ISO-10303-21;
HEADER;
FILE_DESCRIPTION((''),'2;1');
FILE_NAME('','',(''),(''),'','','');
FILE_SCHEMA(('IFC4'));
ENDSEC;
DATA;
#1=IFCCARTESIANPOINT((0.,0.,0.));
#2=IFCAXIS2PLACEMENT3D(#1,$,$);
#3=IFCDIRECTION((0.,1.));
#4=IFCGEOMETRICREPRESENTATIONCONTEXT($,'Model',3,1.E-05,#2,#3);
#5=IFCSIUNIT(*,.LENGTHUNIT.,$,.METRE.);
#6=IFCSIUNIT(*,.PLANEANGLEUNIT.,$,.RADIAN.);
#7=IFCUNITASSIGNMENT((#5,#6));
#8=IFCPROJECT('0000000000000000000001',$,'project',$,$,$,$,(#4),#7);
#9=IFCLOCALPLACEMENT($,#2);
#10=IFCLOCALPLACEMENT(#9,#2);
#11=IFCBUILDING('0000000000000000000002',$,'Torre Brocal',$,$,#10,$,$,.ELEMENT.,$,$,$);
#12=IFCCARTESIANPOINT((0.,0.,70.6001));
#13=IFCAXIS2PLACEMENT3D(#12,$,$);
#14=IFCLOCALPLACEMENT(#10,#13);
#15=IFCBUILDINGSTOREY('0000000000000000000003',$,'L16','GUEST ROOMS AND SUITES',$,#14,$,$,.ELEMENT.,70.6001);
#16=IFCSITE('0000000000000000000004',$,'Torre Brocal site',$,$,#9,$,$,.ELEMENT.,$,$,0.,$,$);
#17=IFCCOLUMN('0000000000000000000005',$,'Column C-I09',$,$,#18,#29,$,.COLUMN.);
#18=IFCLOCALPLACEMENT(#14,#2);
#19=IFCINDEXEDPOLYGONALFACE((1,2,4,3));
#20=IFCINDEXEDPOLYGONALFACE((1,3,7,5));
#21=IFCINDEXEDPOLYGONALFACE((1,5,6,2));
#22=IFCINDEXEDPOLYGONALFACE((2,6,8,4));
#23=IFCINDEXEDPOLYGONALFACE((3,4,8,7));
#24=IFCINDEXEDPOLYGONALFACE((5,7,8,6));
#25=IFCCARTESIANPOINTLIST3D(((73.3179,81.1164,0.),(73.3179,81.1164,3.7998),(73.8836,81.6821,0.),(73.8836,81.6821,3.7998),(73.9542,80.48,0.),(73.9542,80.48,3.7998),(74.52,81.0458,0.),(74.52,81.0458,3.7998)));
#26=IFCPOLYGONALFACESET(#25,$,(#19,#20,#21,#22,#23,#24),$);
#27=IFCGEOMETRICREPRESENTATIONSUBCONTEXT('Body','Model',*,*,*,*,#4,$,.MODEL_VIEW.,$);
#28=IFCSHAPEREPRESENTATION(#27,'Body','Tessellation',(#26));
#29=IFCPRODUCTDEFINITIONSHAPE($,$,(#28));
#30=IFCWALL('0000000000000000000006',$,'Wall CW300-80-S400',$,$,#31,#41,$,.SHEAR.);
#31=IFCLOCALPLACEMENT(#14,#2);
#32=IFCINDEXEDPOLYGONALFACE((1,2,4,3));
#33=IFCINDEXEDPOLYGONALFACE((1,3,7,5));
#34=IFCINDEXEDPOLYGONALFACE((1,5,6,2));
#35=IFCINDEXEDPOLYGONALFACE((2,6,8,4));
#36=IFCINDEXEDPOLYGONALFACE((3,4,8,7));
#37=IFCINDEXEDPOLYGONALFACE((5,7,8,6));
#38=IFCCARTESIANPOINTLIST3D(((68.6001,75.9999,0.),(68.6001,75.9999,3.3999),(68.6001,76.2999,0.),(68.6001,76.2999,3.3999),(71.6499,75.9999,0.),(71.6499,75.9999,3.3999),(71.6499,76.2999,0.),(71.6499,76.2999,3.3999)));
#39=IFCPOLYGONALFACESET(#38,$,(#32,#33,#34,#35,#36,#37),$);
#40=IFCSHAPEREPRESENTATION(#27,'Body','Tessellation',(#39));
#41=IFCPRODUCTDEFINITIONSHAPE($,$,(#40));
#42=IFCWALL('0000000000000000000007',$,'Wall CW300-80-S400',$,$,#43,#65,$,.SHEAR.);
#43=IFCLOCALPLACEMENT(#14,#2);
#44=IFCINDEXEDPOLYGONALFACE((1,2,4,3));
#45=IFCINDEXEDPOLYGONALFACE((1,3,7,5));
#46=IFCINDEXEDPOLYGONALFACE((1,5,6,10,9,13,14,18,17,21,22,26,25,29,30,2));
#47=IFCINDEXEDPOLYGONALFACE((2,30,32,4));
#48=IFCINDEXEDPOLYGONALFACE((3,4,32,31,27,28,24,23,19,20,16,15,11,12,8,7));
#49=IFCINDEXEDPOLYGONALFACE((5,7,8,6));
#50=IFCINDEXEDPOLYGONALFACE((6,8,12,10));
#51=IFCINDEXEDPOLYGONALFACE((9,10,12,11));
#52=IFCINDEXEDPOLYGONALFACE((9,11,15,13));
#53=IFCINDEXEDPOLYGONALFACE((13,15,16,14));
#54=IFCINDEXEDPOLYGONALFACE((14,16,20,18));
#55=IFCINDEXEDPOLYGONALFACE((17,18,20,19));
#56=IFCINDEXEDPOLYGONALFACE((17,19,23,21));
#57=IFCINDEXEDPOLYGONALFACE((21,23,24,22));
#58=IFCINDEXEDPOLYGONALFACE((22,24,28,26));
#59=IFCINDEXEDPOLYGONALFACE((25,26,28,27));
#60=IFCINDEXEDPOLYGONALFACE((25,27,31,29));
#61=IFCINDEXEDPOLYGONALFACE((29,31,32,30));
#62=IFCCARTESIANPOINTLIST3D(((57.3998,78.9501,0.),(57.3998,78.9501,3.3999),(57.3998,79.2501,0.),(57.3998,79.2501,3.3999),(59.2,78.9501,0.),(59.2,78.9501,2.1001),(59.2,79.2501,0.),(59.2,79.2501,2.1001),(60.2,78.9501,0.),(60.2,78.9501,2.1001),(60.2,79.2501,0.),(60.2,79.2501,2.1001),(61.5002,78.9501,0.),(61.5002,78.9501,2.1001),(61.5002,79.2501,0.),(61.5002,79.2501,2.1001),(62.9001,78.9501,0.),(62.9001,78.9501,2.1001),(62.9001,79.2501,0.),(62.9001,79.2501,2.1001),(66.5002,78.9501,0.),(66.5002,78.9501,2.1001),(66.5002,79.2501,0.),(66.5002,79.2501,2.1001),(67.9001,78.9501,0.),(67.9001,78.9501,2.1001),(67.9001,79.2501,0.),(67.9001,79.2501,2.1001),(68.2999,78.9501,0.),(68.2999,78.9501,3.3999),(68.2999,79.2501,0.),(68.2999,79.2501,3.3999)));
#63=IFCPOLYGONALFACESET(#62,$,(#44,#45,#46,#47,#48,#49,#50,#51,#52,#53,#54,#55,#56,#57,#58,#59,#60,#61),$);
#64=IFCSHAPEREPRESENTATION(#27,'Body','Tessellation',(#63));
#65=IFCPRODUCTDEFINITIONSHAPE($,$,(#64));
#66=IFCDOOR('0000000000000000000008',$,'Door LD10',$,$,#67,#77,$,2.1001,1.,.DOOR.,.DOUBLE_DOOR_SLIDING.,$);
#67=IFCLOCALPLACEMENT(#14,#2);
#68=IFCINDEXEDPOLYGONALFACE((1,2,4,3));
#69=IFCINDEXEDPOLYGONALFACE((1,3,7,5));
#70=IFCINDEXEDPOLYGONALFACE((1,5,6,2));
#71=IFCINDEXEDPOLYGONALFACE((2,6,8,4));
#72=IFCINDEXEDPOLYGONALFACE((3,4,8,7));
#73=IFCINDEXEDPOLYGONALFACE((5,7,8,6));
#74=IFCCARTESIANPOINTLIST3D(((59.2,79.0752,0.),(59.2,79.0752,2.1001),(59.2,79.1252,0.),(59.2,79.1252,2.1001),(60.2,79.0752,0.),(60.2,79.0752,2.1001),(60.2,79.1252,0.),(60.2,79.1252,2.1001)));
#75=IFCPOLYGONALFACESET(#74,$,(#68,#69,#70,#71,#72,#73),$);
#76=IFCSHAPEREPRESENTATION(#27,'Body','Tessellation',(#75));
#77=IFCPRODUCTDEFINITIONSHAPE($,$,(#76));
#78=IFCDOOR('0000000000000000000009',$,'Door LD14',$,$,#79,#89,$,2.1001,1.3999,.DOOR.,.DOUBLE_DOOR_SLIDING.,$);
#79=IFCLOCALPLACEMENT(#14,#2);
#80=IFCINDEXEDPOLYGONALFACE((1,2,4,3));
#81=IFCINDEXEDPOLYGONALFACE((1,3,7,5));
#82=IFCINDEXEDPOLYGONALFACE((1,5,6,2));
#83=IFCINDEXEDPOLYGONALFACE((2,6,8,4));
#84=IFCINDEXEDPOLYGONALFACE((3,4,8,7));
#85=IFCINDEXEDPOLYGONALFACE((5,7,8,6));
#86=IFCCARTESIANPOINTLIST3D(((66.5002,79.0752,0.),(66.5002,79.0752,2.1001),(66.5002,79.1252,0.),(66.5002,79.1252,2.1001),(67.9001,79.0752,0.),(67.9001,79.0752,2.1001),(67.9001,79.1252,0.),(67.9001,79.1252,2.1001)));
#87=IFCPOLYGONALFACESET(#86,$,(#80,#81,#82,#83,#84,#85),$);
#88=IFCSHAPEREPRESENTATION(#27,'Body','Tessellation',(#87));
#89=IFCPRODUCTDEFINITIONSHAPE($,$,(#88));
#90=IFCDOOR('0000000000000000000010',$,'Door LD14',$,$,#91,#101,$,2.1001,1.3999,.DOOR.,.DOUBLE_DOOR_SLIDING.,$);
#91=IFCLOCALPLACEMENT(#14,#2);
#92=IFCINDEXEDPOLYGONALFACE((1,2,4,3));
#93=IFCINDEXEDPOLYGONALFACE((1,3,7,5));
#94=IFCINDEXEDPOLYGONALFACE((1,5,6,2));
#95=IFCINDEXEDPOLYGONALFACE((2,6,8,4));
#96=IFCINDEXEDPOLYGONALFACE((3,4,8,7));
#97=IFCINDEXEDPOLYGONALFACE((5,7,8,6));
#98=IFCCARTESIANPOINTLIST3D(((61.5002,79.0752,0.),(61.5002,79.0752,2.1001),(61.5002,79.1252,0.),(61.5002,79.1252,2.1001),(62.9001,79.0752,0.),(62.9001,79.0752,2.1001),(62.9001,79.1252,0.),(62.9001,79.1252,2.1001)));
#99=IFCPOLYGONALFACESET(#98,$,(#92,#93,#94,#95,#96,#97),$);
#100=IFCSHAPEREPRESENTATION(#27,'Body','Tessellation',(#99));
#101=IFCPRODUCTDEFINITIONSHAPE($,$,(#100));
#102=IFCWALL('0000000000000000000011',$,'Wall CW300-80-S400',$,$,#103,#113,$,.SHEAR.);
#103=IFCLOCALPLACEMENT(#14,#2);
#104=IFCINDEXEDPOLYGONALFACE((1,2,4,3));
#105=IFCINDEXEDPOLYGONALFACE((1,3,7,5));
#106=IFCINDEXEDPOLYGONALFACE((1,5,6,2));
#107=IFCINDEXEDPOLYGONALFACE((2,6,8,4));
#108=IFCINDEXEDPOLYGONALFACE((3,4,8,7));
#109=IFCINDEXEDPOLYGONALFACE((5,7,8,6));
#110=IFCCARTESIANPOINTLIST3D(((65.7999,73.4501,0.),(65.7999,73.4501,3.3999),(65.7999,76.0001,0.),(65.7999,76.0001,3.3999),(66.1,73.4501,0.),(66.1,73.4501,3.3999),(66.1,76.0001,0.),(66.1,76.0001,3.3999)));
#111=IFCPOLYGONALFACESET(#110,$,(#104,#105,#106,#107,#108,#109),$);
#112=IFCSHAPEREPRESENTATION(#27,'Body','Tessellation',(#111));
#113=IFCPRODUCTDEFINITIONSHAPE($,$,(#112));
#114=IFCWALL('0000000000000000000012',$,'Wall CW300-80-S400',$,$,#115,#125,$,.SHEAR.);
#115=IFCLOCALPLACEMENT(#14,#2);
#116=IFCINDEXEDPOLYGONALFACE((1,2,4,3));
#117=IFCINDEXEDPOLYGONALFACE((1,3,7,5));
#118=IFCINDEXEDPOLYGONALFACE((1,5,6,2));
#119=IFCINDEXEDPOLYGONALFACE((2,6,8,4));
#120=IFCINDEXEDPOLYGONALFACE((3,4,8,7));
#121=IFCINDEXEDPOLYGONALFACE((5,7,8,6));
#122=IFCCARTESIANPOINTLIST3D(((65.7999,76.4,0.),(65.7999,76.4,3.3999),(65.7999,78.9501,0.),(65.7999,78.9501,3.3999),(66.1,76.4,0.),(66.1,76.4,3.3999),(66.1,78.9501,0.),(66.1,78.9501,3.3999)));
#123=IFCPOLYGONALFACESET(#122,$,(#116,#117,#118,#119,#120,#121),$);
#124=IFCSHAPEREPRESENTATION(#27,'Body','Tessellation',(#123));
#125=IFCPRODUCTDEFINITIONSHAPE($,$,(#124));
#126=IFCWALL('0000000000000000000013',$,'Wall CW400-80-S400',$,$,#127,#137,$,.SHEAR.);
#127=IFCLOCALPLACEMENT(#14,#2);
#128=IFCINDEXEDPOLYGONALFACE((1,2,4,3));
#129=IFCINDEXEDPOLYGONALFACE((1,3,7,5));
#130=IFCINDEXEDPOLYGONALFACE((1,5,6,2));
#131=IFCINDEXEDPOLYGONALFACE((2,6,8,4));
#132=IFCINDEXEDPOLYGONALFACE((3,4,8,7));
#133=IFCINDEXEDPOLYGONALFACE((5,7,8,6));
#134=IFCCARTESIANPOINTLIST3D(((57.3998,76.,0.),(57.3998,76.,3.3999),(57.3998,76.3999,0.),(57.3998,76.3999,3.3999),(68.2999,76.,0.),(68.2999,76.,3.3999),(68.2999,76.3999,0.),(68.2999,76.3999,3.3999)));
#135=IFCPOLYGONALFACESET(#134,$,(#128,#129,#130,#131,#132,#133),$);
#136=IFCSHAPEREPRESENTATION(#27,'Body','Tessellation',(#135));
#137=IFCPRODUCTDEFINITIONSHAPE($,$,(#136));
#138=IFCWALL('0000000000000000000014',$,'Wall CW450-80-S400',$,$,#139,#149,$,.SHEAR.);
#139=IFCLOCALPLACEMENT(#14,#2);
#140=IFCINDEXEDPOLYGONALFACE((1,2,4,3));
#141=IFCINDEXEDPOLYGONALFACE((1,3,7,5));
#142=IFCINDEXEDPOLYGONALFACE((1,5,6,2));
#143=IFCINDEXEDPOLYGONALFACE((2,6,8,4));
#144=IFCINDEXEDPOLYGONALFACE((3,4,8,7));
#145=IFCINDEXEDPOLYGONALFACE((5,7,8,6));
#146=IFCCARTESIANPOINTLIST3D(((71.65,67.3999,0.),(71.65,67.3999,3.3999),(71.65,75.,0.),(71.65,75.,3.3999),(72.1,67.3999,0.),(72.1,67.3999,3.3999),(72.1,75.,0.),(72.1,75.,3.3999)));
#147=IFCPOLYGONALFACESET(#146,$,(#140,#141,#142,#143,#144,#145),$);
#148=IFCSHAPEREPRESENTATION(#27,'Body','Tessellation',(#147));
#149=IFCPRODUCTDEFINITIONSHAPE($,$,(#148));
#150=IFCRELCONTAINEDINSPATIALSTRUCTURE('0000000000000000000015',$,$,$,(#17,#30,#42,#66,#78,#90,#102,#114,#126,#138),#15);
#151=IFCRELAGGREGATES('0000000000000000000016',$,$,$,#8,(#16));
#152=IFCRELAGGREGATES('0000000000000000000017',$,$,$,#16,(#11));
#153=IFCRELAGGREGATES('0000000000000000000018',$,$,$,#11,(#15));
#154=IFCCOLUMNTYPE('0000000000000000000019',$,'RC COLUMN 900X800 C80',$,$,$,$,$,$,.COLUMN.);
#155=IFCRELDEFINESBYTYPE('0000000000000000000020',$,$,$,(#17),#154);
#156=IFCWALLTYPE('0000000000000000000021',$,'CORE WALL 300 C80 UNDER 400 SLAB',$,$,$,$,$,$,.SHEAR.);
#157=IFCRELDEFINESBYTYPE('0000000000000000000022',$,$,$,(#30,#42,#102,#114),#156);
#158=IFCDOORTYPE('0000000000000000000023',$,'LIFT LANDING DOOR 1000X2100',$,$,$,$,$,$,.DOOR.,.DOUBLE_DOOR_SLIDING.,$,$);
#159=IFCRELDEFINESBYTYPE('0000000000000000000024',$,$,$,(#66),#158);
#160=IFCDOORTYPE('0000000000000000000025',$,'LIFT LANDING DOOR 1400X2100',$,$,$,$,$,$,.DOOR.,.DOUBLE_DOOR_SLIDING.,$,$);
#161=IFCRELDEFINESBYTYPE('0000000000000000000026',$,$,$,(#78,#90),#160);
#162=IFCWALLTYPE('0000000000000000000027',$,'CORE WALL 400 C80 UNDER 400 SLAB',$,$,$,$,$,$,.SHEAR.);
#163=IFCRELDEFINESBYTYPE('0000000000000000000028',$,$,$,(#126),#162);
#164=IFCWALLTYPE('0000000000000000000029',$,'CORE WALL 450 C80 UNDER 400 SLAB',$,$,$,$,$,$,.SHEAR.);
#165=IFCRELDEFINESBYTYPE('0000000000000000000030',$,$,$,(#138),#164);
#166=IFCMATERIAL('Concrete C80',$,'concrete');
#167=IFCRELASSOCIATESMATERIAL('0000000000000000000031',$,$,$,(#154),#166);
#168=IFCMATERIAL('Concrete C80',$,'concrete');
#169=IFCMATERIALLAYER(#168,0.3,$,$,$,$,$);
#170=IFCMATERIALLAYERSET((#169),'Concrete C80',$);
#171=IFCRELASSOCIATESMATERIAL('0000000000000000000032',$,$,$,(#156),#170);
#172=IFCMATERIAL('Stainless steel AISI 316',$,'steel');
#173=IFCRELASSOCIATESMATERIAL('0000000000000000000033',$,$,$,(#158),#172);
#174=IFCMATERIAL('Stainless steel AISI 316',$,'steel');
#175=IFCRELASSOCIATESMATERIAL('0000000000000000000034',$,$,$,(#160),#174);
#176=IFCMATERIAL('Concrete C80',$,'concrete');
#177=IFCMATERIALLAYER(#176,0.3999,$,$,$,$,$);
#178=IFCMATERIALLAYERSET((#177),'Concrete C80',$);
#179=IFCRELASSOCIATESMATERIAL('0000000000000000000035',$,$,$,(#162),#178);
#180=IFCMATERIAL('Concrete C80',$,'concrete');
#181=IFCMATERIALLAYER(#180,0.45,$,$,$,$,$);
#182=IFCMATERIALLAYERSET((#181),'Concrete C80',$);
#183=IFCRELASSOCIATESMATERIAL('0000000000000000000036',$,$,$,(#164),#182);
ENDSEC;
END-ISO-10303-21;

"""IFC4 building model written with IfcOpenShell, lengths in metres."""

from ifc_helpers import new_model, si_unit, direction, frame, frame_2d, origin, origin_2d, place, context, subcontext, project, spatial, rectangle, extrude, material, layer, layer_set, material_profile, profile_set, type_object, element, fill, save


model = new_model("IFC4")

# Units and contexts
model_context = context("Model", 3, precision=1e-05, world=origin(), true_north=direction((0.0, 1.0)))
body_context = subcontext(model_context, "Body", "Model", "MODEL_VIEW")
ifc_project = project(units=[si_unit("LENGTHUNIT", "METRE"), si_unit("PLANEANGLEUNIT", "RADIAN")], contexts=[model_context])

# Site, building, storey
site_placement = place(None, origin())
site = spatial("IfcSite", under=ifc_project, at=site_placement, Name="Torre Brocal site", CompositionType="ELEMENT", RefElevation=0.0)
building_placement = place(site_placement, origin())
building = spatial("IfcBuilding", under=site, at=building_placement, Name="Torre Brocal", CompositionType="ELEMENT")
storey_placement = place(building_placement, frame((0.0, 0.0, 70.6001)))
storey = spatial("IfcBuildingStorey", under=building, at=storey_placement, Name="L16", Description="GUEST ROOMS AND SUITES", CompositionType="ELEMENT", Elevation=70.6001)

# Column
ifc_material_1 = material(Name="Concrete C80", Category="concrete")
ifc_material_profile = material_profile(ifc_material_1, rectangle(XDim=0.8999, YDim=0.8, at=origin_2d()), Name="RC 900X800")
ifc_profile_set = profile_set([ifc_material_profile], Name="Concrete C80")
column_type = type_object("IfcColumnType", Name="RC COLUMN 900X800 C80", PredefinedType="COLUMN", material=ifc_profile_set)
column_placement = place(storey_placement, frame((73.9189, 81.0811, 0.0), z_axis=(0.0, 0.0, 1.0), x_axis=(-0.707107, 0.707107, 0.0)))
element("IfcColumn", 1, at=column_placement, inside=storey, type_object=column_type, Name="Column C-I09", PredefinedType="COLUMN", context=body_context, shape_type="SweptSolid", body=[
    extrude(rectangle(XDim=0.8999, YDim=0.8, at=origin_2d()), origin(), (0.0, 0.0, 1.0), 3.7998),
])

# Wall
ifc_material_2 = material(Name="Concrete C80", Category="concrete")
ifc_layer_1 = layer(ifc_material_2, 0.3)
ifc_layer_set_1 = layer_set([ifc_layer_1], Name="Concrete C80")
wall_type_1 = type_object("IfcWallType", Name="CORE WALL 300 C80 UNDER 400 SLAB", PredefinedType="SHEAR", material=ifc_layer_set_1)
wall_1_placement = place(storey_placement, frame((71.6499, 76.1499, 0.0), z_axis=(0.0, 0.0, 1.0), x_axis=(-1.0, 0.0, 0.0)))
element("IfcWall", 2, at=wall_1_placement, inside=storey, type_object=wall_type_1, Name="Wall CW300-80-S400", PredefinedType="SHEAR", context=body_context, shape_type="SweptSolid", body=[
    extrude(rectangle(XDim=3.0498, YDim=0.3, at=frame_2d((1.5249, 0.0))), origin(), (0.0, 0.0, 1.0), 3.3999),
])

# Wall, openings, doors
wall_2_placement = place(storey_placement, frame((68.3, 79.1001, 0.0), z_axis=(0.0, 0.0, 1.0), x_axis=(-1.0, 0.0, 0.0)))
wall_2 = element("IfcWall", 3, at=wall_2_placement, inside=storey, type_object=wall_type_1, Name="Wall CW300-80-S400", PredefinedType="SHEAR", context=body_context, shape_type="SweptSolid", body=[
    extrude(rectangle(XDim=10.9001, YDim=0.3, at=frame_2d((5.4502, 0.0))), origin(), (0.0, 0.0, 1.0), 3.3999),
])
opening_1_placement = place(wall_2_placement, frame((0.3999, 0.0, 0.0)))
opening_1 = element("IfcOpeningElement", 4, at=opening_1_placement, cuts=wall_2, PredefinedType="OPENING", context=body_context, shape_type="SweptSolid", body=[
    extrude(rectangle(XDim=1.3999, YDim=2.1001, at=frame_2d((0.7, 1.05))), frame((0.0, 0.1599, 0.0), z_axis=(0.0, -1.0, 0.0), x_axis=(1.0, 0.0, 0.0)), (0.0, 0.0, 1.0), 0.3201),
])
opening_2_placement = place(wall_2_placement, frame((5.3999, 0.0, 0.0)))
opening_2 = element("IfcOpeningElement", 5, at=opening_2_placement, cuts=wall_2, PredefinedType="OPENING", context=body_context, shape_type="SweptSolid", body=[
    extrude(rectangle(XDim=1.3999, YDim=2.1001, at=frame_2d((0.7, 1.05))), frame((0.0, 0.1599, 0.0), z_axis=(0.0, -1.0, 0.0), x_axis=(1.0, 0.0, 0.0)), (0.0, 0.0, 1.0), 0.3201),
])
opening_3_placement = place(wall_2_placement, frame((8.1001, 0.0, 0.0)))
opening_3 = element("IfcOpeningElement", 6, at=opening_3_placement, cuts=wall_2, PredefinedType="OPENING", context=body_context, shape_type="SweptSolid", body=[
    extrude(rectangle(XDim=1.0, YDim=2.1001, at=frame_2d((0.5, 1.05))), frame((0.0, 0.1599, 0.0), z_axis=(0.0, -1.0, 0.0), x_axis=(1.0, 0.0, 0.0)), (0.0, 0.0, 1.0), 0.3201),
])
ifc_material_3 = material(Name="Stainless steel AISI 316", Category="steel")
door_type_1 = type_object("IfcDoorType", Name="LIFT LANDING DOOR 1000X2100", OperationType="DOUBLE_DOOR_SLIDING", PredefinedType="DOOR", material=ifc_material_3)
door_1_placement = place(opening_3_placement, origin())
door_1 = element("IfcDoor", 7, at=door_1_placement, inside=storey, type_object=door_type_1, Name="Door LD10", OperationType="DOUBLE_DOOR_SLIDING", OverallHeight=2.1001, OverallWidth=1.0, PredefinedType="DOOR", context=body_context, shape_type="SweptSolid", body=[
    extrude(rectangle(XDim=1.0, YDim=2.1001, at=frame_2d((0.5, 1.05))), frame((0.0, 0.0249, 0.0), z_axis=(0.0, -1.0, 0.0), x_axis=(1.0, 0.0, 0.0)), (0.0, 0.0, 1.0), 0.05),
])
fill(opening_3, door_1)
ifc_material_4 = material(Name="Stainless steel AISI 316", Category="steel")
door_type_2 = type_object("IfcDoorType", Name="LIFT LANDING DOOR 1400X2100", OperationType="DOUBLE_DOOR_SLIDING", PredefinedType="DOOR", material=ifc_material_4)
door_2_placement = place(opening_1_placement, origin())
door_2 = element("IfcDoor", 8, at=door_2_placement, inside=storey, type_object=door_type_2, Name="Door LD14", OperationType="DOUBLE_DOOR_SLIDING", OverallHeight=2.1001, OverallWidth=1.3999, PredefinedType="DOOR", context=body_context, shape_type="SweptSolid", body=[
    extrude(rectangle(XDim=1.3999, YDim=2.1001, at=frame_2d((0.7, 1.05))), frame((0.0, 0.0249, 0.0), z_axis=(0.0, -1.0, 0.0), x_axis=(1.0, 0.0, 0.0)), (0.0, 0.0, 1.0), 0.05),
])
fill(opening_1, door_2)
door_3_placement = place(opening_2_placement, origin())
door_3 = element("IfcDoor", 9, at=door_3_placement, inside=storey, type_object=door_type_2, Name="Door LD14", OperationType="DOUBLE_DOOR_SLIDING", OverallHeight=2.1001, OverallWidth=1.3999, PredefinedType="DOOR", context=body_context, shape_type="SweptSolid", body=[
    extrude(rectangle(XDim=1.3999, YDim=2.1001, at=frame_2d((0.7, 1.05))), frame((0.0, 0.0249, 0.0), z_axis=(0.0, -1.0, 0.0), x_axis=(1.0, 0.0, 0.0)), (0.0, 0.0, 1.0), 0.05),
])
fill(opening_2, door_3)

# Walls
for number, where, z_axis, x_axis, name in (
    (10, (65.95, 76.0, 0.0), (0.0, 0.0, 1.0), (0.0, -1.0, 0.0), "Wall CW300-80-S400"),
    (11, (65.95, 78.95, 0.0), (0.0, 0.0, 1.0), (0.0, -1.0, 0.0), "Wall CW300-80-S400"),
):
    element("IfcWall", number, at=place(storey_placement, frame(where, z_axis=z_axis, x_axis=x_axis)), inside=storey, type_object=wall_type_1, Name=name, PredefinedType="SHEAR", context=body_context, shape_type="SweptSolid", body=[
        extrude(rectangle(XDim=2.55, YDim=0.3, at=frame_2d((1.2749, 0.0))), origin(), (0.0, 0.0, 1.0), 3.3999),
    ])
ifc_material_5 = material(Name="Concrete C80", Category="concrete")
ifc_layer_2 = layer(ifc_material_5, 0.3999)
ifc_layer_set_2 = layer_set([ifc_layer_2], Name="Concrete C80")
wall_type_2 = type_object("IfcWallType", Name="CORE WALL 400 C80 UNDER 400 SLAB", PredefinedType="SHEAR", material=ifc_layer_set_2)
wall_3_placement = place(storey_placement, frame((68.3, 76.2, 0.0), z_axis=(0.0, 0.0, 1.0), x_axis=(-1.0, 0.0, 0.0)))
element("IfcWall", 12, at=wall_3_placement, inside=storey, type_object=wall_type_2, Name="Wall CW400-80-S400", PredefinedType="SHEAR", context=body_context, shape_type="SweptSolid", body=[
    extrude(rectangle(XDim=10.9001, YDim=0.3999, at=frame_2d((5.4502, 0.0))), origin(), (0.0, 0.0, 1.0), 3.3999),
])
ifc_material_6 = material(Name="Concrete C80", Category="concrete")
ifc_layer_3 = layer(ifc_material_6, 0.45)
ifc_layer_set_3 = layer_set([ifc_layer_3], Name="Concrete C80")
wall_type_3 = type_object("IfcWallType", Name="CORE WALL 450 C80 UNDER 400 SLAB", PredefinedType="SHEAR", material=ifc_layer_set_3)
wall_4_placement = place(storey_placement, frame((71.875, 75.0, 0.0), z_axis=(0.0, 0.0, 1.0), x_axis=(0.0, -1.0, 0.0)))
element("IfcWall", 13, at=wall_4_placement, inside=storey, type_object=wall_type_3, Name="Wall CW450-80-S400", PredefinedType="SHEAR", context=body_context, shape_type="SweptSolid", body=[
    extrude(rectangle(XDim=7.6001, YDim=0.45, at=frame_2d((3.8, 0.0))), origin(), (0.0, 0.0, 1.0), 3.3999),
])

save(model, "model.ifc")
